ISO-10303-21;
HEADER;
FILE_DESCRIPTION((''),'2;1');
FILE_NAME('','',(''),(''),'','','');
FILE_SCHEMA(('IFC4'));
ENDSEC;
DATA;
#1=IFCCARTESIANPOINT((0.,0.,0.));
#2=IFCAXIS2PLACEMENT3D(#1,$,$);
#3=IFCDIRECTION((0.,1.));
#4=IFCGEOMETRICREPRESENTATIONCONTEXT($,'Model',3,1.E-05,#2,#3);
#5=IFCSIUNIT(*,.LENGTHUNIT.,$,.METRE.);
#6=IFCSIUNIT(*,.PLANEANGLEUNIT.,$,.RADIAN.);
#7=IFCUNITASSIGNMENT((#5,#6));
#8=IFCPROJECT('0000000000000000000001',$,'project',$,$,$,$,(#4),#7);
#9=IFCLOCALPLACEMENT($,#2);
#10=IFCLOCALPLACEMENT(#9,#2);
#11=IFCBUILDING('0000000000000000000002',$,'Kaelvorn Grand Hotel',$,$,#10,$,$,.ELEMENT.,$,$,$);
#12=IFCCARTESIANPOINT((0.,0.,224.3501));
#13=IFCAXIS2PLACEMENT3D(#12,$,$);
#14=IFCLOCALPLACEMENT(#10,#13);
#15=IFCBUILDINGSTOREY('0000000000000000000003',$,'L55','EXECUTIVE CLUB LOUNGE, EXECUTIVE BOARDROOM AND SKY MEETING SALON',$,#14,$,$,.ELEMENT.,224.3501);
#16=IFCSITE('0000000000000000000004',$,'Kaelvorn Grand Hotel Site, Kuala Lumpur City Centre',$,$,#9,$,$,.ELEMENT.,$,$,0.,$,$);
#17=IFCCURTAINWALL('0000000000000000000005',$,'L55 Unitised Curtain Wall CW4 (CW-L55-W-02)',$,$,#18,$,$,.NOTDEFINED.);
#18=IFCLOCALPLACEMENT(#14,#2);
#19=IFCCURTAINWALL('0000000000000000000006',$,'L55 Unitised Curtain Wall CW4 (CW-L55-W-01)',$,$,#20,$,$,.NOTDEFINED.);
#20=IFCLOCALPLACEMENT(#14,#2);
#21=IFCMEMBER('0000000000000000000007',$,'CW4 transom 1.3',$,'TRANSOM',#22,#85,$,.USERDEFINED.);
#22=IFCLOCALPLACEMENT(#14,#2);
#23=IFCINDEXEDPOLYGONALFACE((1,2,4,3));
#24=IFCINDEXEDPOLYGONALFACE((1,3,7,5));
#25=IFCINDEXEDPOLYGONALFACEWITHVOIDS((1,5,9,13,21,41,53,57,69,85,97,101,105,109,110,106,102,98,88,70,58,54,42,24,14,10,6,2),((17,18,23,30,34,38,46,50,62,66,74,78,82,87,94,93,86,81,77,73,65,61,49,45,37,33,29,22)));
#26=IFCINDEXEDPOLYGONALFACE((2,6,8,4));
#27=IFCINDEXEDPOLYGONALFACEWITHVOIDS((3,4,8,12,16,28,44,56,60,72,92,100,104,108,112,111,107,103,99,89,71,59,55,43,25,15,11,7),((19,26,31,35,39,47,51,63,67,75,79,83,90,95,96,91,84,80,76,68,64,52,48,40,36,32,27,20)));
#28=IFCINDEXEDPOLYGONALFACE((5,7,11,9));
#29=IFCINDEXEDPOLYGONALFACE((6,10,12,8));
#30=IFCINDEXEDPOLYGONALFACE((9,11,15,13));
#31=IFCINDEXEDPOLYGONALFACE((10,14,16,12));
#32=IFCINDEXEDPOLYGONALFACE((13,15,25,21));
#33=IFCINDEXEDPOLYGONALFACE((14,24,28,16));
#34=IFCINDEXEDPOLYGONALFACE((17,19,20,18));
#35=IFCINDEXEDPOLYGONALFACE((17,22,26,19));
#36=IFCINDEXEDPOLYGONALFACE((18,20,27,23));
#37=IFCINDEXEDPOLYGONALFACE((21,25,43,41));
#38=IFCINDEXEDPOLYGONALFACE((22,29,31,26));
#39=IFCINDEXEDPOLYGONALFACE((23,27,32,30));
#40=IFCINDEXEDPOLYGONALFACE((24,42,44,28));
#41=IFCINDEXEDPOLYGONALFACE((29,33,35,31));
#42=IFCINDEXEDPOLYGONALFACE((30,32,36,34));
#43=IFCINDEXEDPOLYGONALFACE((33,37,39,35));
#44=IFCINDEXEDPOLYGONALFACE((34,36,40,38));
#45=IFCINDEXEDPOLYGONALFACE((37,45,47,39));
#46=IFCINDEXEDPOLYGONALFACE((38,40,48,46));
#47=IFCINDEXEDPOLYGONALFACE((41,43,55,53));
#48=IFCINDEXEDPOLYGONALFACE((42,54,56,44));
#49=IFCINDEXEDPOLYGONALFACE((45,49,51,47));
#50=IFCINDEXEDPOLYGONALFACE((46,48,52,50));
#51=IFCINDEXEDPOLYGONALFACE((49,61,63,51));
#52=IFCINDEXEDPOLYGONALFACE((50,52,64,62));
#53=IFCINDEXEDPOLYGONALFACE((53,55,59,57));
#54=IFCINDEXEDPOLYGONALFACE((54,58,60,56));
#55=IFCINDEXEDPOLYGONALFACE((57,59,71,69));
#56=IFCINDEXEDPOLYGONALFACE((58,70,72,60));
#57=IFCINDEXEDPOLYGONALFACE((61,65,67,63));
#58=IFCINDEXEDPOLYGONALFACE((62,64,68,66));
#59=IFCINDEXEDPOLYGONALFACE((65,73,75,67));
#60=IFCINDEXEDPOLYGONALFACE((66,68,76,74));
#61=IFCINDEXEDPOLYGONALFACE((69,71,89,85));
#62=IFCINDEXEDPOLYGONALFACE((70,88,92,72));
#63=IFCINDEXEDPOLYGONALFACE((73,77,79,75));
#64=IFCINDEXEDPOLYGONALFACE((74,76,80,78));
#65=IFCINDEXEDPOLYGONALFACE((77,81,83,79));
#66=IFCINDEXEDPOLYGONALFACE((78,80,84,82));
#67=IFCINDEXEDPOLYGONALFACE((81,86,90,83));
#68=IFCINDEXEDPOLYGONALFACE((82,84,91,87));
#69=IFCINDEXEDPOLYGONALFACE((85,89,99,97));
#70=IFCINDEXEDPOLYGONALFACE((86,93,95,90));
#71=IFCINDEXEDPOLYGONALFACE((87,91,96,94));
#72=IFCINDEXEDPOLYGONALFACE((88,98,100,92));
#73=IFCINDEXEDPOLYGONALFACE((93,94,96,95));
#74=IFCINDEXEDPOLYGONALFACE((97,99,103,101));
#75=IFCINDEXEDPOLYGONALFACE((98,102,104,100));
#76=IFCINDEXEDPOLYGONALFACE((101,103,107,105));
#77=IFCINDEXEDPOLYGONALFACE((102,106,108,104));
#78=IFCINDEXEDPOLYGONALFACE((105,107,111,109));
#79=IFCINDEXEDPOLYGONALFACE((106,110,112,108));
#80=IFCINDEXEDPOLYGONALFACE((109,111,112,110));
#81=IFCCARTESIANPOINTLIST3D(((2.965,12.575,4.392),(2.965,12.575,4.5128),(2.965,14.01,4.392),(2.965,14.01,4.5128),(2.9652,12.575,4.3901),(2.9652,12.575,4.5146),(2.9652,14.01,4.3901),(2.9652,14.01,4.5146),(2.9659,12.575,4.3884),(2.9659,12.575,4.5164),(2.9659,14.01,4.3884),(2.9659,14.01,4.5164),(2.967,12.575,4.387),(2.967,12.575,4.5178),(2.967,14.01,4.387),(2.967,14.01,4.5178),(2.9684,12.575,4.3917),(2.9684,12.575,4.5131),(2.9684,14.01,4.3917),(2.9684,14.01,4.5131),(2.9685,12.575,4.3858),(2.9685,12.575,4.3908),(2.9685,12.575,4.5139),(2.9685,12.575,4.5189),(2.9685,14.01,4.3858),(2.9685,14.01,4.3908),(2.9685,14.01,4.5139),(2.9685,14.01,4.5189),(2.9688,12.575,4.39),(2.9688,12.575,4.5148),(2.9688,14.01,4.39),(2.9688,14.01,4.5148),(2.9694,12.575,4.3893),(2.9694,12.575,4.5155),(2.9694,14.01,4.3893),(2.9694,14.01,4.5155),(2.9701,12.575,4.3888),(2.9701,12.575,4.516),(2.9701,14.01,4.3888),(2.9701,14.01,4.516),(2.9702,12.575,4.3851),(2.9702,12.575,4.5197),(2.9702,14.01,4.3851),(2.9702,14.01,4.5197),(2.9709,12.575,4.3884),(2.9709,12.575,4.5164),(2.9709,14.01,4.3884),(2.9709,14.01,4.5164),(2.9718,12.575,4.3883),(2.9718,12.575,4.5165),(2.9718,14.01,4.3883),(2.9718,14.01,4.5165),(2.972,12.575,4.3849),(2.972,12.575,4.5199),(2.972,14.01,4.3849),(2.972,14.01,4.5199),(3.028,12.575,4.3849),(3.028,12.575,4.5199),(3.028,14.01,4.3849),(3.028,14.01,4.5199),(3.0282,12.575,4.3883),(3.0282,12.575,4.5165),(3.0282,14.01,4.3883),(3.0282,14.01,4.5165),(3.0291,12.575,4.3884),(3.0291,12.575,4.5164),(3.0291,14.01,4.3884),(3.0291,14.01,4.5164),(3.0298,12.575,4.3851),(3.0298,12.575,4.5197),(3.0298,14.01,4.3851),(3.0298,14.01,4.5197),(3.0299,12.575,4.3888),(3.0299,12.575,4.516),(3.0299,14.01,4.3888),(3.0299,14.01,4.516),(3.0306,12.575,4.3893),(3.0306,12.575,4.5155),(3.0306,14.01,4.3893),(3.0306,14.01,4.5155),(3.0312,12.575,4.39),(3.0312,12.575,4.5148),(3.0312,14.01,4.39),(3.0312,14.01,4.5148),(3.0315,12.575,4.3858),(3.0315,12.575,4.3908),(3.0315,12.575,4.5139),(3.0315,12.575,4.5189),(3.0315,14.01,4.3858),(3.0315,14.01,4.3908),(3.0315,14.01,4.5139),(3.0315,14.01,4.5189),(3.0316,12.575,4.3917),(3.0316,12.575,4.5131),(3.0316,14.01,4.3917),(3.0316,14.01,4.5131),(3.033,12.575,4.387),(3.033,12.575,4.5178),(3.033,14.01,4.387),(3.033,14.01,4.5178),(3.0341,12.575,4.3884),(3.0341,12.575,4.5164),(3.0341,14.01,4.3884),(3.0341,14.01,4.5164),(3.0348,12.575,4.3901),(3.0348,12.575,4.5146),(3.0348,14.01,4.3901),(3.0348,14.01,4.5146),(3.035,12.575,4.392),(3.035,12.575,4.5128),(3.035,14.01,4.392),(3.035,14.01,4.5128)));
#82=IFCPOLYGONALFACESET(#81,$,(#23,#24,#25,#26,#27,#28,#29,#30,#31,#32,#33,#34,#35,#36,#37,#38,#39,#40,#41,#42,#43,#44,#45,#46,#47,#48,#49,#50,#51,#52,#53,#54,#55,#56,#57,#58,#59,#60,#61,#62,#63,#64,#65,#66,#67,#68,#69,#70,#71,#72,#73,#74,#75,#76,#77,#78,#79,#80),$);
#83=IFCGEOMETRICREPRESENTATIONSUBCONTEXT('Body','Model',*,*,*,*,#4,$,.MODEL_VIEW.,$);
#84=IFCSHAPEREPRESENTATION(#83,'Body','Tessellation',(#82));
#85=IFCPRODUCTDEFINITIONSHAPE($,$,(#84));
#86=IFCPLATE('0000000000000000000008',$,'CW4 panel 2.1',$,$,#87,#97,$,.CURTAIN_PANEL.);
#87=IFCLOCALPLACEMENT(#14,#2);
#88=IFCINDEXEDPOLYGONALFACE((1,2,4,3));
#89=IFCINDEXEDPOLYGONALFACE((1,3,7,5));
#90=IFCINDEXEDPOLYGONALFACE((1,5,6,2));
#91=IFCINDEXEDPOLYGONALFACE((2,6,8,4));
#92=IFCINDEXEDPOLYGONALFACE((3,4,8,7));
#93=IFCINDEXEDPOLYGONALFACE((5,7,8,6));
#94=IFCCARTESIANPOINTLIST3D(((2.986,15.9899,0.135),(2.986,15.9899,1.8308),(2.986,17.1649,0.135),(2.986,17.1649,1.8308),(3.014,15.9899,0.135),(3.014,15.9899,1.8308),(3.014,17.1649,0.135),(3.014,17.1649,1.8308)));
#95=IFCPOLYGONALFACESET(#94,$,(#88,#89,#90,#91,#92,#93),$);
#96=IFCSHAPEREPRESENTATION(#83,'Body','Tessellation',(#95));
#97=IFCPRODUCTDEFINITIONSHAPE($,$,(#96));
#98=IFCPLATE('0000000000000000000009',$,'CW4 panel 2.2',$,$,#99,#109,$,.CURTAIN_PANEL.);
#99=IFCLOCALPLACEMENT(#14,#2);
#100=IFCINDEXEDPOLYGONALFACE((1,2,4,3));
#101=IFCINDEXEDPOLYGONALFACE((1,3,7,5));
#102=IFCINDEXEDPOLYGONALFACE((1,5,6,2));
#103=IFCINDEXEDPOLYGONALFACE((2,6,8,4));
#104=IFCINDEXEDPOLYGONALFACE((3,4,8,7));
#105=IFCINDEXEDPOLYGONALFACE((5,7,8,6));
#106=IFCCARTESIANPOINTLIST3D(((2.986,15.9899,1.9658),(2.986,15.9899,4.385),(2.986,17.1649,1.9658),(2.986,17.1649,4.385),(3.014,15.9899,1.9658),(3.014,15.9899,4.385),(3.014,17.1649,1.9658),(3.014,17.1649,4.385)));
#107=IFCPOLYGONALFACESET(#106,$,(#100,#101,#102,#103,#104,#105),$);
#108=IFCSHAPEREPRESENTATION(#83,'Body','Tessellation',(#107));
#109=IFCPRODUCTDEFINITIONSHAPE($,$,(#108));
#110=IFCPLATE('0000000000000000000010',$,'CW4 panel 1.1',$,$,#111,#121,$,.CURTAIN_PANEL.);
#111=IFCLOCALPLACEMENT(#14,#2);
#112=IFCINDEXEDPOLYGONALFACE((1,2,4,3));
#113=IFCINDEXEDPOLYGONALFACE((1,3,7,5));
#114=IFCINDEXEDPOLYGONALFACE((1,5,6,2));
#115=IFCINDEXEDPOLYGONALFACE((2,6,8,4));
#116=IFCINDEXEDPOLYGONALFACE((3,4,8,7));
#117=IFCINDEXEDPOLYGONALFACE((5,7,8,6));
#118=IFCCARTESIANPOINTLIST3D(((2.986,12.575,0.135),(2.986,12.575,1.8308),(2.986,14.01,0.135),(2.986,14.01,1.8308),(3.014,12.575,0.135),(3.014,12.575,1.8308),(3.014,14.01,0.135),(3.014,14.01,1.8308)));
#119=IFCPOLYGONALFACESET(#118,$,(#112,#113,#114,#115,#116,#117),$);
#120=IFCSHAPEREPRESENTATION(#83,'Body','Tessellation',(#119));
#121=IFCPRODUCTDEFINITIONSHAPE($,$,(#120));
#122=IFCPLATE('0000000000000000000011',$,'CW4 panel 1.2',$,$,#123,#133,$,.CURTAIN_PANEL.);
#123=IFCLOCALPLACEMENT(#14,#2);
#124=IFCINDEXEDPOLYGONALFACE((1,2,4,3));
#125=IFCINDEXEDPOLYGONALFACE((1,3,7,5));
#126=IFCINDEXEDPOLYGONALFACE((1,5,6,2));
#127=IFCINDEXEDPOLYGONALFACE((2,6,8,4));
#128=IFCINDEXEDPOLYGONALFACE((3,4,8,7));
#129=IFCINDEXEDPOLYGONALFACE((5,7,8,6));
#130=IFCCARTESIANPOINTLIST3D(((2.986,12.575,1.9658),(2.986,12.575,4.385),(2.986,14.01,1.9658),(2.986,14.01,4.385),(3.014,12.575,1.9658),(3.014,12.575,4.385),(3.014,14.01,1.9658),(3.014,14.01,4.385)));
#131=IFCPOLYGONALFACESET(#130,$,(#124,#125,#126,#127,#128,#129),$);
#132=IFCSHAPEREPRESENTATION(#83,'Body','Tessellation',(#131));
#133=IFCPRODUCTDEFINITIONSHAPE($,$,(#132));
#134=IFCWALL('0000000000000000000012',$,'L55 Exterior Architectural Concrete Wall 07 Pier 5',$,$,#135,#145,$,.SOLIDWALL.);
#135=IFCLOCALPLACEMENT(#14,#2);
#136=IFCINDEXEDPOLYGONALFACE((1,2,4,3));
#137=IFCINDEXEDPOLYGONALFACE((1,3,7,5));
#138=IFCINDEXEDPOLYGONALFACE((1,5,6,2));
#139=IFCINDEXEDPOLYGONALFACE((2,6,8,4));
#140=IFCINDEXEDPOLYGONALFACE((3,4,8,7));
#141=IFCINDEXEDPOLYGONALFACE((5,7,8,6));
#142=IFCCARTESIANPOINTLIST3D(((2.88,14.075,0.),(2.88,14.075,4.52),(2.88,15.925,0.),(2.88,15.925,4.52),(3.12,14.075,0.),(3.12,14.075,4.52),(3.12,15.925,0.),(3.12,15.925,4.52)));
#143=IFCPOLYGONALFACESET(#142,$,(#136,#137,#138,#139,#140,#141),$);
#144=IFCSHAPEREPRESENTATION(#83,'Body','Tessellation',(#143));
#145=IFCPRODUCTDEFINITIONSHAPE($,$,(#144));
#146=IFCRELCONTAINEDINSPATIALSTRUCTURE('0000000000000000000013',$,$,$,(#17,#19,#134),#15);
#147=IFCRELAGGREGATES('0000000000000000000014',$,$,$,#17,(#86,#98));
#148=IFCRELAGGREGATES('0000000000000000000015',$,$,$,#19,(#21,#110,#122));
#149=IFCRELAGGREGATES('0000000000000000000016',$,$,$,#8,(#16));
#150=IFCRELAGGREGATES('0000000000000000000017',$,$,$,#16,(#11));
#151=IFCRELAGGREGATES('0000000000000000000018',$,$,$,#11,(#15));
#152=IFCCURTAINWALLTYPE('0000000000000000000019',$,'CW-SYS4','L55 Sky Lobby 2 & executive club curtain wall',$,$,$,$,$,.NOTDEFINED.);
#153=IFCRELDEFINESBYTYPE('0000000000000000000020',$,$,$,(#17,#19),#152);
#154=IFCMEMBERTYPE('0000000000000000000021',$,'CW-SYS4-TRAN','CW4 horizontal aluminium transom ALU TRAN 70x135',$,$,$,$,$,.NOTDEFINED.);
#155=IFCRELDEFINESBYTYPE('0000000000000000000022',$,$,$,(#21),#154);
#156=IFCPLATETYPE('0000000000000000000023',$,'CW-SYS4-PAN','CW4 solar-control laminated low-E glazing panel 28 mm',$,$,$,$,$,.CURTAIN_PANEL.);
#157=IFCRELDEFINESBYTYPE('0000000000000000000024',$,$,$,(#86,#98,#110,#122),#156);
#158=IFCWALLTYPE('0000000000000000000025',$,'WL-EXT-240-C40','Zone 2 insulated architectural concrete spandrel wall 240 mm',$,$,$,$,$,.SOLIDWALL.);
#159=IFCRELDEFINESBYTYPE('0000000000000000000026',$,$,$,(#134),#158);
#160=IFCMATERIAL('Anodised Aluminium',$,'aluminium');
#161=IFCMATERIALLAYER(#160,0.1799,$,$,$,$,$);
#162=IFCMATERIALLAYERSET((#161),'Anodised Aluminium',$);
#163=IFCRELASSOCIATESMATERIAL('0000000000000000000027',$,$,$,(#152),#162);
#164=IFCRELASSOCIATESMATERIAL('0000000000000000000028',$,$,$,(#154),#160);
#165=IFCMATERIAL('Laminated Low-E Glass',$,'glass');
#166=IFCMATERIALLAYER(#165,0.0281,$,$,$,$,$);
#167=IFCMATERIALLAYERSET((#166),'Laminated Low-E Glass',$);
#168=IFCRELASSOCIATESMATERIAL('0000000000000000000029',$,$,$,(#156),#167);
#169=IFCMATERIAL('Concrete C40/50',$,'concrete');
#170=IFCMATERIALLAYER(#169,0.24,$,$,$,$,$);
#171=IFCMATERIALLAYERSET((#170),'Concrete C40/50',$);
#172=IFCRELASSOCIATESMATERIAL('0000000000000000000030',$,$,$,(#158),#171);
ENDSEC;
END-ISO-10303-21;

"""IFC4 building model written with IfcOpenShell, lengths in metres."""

from ifc_helpers import new_model, si_unit, direction, frame, frame_2d, origin, origin_2d, place, context, subcontext, project, spatial, rectangle, hollow_rectangle, extrude, material, layer, layer_set, material_profile, profile_set, type_object, element, aggregate, save


model = new_model("IFC4")

# Units and contexts
model_context = context("Model", 3, precision=1e-05, world=origin(), true_north=direction((0.0, 1.0)))
body_context = subcontext(model_context, "Body", "Model", "MODEL_VIEW")
ifc_project = project(units=[si_unit("LENGTHUNIT", "METRE"), si_unit("PLANEANGLEUNIT", "RADIAN")], contexts=[model_context])

# Site, building, storey
site_placement = place(None, origin())
site = spatial("IfcSite", under=ifc_project, at=site_placement, Name="Kaelvorn Grand Hotel Site, Kuala Lumpur City Centre", CompositionType="ELEMENT", RefElevation=0.0)
building_placement = place(site_placement, origin())
building = spatial("IfcBuilding", under=site, at=building_placement, Name="Kaelvorn Grand Hotel", CompositionType="ELEMENT")
storey_placement = place(building_placement, frame((0.0, 0.0, 224.3501)))
storey = spatial("IfcBuildingStorey", under=building, at=storey_placement, Name="L55", Description="EXECUTIVE CLUB LOUNGE, EXECUTIVE BOARDROOM AND SKY MEETING SALON", CompositionType="ELEMENT", Elevation=224.3501)

# Curtain wall
ifc_material_1 = material(Name="Anodised Aluminium", Category="aluminium")
ifc_layer_1 = layer(ifc_material_1, 0.1799)
ifc_layer_set_1 = layer_set([ifc_layer_1], Name="Anodised Aluminium")
curtain_wall_type = type_object("IfcCurtainWallType", Name="CW-SYS4", Description="L55 Sky Lobby 2 & executive club curtain wall", PredefinedType="NOTDEFINED", material=ifc_layer_set_1)
curtain_wall_1_placement = place(storey_placement, origin())
curtain_wall_1 = element("IfcCurtainWall", 1, at=curtain_wall_1_placement, inside=storey, type_object=curtain_wall_type, Name="L55 Unitised Curtain Wall CW4 (CW-L55-W-02)", PredefinedType="NOTDEFINED")

# Curtain wall
curtain_wall_2_placement = place(storey_placement, origin())
curtain_wall_2 = element("IfcCurtainWall", 2, at=curtain_wall_2_placement, inside=storey, type_object=curtain_wall_type, Name="L55 Unitised Curtain Wall CW4 (CW-L55-W-01)", PredefinedType="NOTDEFINED")

# Member
ifc_material_profile_1 = material_profile(ifc_material_1, hollow_rectangle(XDim=0.0701, YDim=0.135, WallThickness=0.0034, InnerFilletRadius=0.0034, OuterFilletRadius=0.0071, at=origin_2d()), Name="ALU TRAN 70x135")
ifc_profile_set_1 = profile_set([ifc_material_profile_1], Name="Anodised Aluminium")
member_type_1 = type_object("IfcMemberType", Name="CW-SYS4-TRAN", Description="CW4 horizontal aluminium transom ALU TRAN 70x135", PredefinedType="NOTDEFINED", material=ifc_profile_set_1)
member_1_placement = place(storey_placement, frame((3.0, 14.01, 4.4524), z_axis=(0.0, -1.0, 0.0), x_axis=(1.0, 0.0, 0.0)))
member_1 = element("IfcMember", 3, at=member_1_placement, type_object=member_type_1, Name="CW4 transom 1.3", ObjectType="TRANSOM", PredefinedType="USERDEFINED", context=body_context, shape_type="SweptSolid", body=[
    extrude(hollow_rectangle(XDim=0.0701, YDim=0.135, WallThickness=0.0034, InnerFilletRadius=0.0034, OuterFilletRadius=0.0071, at=origin_2d()), origin(), (0.0, 0.0, 1.0), 1.4351),
])

# Plates
ifc_material_2 = material(Name="Laminated Low-E Glass", Category="glass")
ifc_layer_2 = layer(ifc_material_2, 0.0281)
ifc_layer_set_2 = layer_set([ifc_layer_2], Name="Laminated Low-E Glass")
plate_type = type_object("IfcPlateType", Name="CW-SYS4-PAN", Description="CW4 solar-control laminated low-E glazing panel 28 mm", PredefinedType="CURTAIN_PANEL", material=ifc_layer_set_2)
plate_1_placement = place(storey_placement, frame((3.0, 16.5774, 0.135), z_axis=(0.0, 0.0, 1.0), x_axis=(0.0, -1.0, 0.0)))
plate_1 = element("IfcPlate", 4, at=plate_1_placement, type_object=plate_type, Name="CW4 panel 2.1", PredefinedType="CURTAIN_PANEL", context=body_context, shape_type="SweptSolid", body=[
    extrude(rectangle(XDim=1.175, YDim=0.0281, at=origin_2d()), origin(), (0.0, 0.0, 1.0), 1.6958),
])
plate_2_placement = place(storey_placement, frame((3.0, 16.5774, 1.9658), z_axis=(0.0, 0.0, 1.0), x_axis=(0.0, -1.0, 0.0)))
plate_2 = element("IfcPlate", 5, at=plate_2_placement, type_object=plate_type, Name="CW4 panel 2.2", PredefinedType="CURTAIN_PANEL", context=body_context, shape_type="SweptSolid", body=[
    extrude(rectangle(XDim=1.175, YDim=0.0281, at=origin_2d()), origin(), (0.0, 0.0, 1.0), 2.4192),
])
aggregate(curtain_wall_1, [plate_1, plate_2])
plate_3_placement = place(storey_placement, frame((3.0, 13.2925, 0.135), z_axis=(0.0, 0.0, 1.0), x_axis=(0.0, -1.0, 0.0)))
plate_3 = element("IfcPlate", 6, at=plate_3_placement, type_object=plate_type, Name="CW4 panel 1.1", PredefinedType="CURTAIN_PANEL", context=body_context, shape_type="SweptSolid", body=[
    extrude(rectangle(XDim=1.4351, YDim=0.0281, at=origin_2d()), origin(), (0.0, 0.0, 1.0), 1.6958),
])
plate_4_placement = place(storey_placement, frame((3.0, 13.2925, 1.9658), z_axis=(0.0, 0.0, 1.0), x_axis=(0.0, -1.0, 0.0)))
plate_4 = element("IfcPlate", 7, at=plate_4_placement, type_object=plate_type, Name="CW4 panel 1.2", PredefinedType="CURTAIN_PANEL", context=body_context, shape_type="SweptSolid", body=[
    extrude(rectangle(XDim=1.4351, YDim=0.0281, at=origin_2d()), origin(), (0.0, 0.0, 1.0), 2.4192),
])
aggregate(curtain_wall_2, [member_1, plate_3, plate_4])

# Wall
ifc_material_3 = material(Name="Concrete C40/50", Category="concrete")
ifc_layer_3 = layer(ifc_material_3, 0.24)
ifc_layer_set_3 = layer_set([ifc_layer_3], Name="Concrete C40/50")
wall_type = type_object("IfcWallType", Name="WL-EXT-240-C40", Description="Zone 2 insulated architectural concrete spandrel wall 240 mm", PredefinedType="SOLIDWALL", material=ifc_layer_set_3)
wall_placement = place(storey_placement, frame((3.0, 15.925, 0.0), z_axis=(0.0, 0.0, 1.0), x_axis=(0.0, -1.0, 0.0)))
element("IfcWall", 8, at=wall_placement, inside=storey, type_object=wall_type, Name="L55 Exterior Architectural Concrete Wall 07 Pier 5", PredefinedType="SOLIDWALL", context=body_context, shape_type="SweptSolid", body=[
    extrude(rectangle(XDim=1.8501, YDim=0.24, at=frame_2d((0.925, 0.0))), origin(), (0.0, 0.0, 1.0), 4.52),
])

save(model, "model.ifc")
